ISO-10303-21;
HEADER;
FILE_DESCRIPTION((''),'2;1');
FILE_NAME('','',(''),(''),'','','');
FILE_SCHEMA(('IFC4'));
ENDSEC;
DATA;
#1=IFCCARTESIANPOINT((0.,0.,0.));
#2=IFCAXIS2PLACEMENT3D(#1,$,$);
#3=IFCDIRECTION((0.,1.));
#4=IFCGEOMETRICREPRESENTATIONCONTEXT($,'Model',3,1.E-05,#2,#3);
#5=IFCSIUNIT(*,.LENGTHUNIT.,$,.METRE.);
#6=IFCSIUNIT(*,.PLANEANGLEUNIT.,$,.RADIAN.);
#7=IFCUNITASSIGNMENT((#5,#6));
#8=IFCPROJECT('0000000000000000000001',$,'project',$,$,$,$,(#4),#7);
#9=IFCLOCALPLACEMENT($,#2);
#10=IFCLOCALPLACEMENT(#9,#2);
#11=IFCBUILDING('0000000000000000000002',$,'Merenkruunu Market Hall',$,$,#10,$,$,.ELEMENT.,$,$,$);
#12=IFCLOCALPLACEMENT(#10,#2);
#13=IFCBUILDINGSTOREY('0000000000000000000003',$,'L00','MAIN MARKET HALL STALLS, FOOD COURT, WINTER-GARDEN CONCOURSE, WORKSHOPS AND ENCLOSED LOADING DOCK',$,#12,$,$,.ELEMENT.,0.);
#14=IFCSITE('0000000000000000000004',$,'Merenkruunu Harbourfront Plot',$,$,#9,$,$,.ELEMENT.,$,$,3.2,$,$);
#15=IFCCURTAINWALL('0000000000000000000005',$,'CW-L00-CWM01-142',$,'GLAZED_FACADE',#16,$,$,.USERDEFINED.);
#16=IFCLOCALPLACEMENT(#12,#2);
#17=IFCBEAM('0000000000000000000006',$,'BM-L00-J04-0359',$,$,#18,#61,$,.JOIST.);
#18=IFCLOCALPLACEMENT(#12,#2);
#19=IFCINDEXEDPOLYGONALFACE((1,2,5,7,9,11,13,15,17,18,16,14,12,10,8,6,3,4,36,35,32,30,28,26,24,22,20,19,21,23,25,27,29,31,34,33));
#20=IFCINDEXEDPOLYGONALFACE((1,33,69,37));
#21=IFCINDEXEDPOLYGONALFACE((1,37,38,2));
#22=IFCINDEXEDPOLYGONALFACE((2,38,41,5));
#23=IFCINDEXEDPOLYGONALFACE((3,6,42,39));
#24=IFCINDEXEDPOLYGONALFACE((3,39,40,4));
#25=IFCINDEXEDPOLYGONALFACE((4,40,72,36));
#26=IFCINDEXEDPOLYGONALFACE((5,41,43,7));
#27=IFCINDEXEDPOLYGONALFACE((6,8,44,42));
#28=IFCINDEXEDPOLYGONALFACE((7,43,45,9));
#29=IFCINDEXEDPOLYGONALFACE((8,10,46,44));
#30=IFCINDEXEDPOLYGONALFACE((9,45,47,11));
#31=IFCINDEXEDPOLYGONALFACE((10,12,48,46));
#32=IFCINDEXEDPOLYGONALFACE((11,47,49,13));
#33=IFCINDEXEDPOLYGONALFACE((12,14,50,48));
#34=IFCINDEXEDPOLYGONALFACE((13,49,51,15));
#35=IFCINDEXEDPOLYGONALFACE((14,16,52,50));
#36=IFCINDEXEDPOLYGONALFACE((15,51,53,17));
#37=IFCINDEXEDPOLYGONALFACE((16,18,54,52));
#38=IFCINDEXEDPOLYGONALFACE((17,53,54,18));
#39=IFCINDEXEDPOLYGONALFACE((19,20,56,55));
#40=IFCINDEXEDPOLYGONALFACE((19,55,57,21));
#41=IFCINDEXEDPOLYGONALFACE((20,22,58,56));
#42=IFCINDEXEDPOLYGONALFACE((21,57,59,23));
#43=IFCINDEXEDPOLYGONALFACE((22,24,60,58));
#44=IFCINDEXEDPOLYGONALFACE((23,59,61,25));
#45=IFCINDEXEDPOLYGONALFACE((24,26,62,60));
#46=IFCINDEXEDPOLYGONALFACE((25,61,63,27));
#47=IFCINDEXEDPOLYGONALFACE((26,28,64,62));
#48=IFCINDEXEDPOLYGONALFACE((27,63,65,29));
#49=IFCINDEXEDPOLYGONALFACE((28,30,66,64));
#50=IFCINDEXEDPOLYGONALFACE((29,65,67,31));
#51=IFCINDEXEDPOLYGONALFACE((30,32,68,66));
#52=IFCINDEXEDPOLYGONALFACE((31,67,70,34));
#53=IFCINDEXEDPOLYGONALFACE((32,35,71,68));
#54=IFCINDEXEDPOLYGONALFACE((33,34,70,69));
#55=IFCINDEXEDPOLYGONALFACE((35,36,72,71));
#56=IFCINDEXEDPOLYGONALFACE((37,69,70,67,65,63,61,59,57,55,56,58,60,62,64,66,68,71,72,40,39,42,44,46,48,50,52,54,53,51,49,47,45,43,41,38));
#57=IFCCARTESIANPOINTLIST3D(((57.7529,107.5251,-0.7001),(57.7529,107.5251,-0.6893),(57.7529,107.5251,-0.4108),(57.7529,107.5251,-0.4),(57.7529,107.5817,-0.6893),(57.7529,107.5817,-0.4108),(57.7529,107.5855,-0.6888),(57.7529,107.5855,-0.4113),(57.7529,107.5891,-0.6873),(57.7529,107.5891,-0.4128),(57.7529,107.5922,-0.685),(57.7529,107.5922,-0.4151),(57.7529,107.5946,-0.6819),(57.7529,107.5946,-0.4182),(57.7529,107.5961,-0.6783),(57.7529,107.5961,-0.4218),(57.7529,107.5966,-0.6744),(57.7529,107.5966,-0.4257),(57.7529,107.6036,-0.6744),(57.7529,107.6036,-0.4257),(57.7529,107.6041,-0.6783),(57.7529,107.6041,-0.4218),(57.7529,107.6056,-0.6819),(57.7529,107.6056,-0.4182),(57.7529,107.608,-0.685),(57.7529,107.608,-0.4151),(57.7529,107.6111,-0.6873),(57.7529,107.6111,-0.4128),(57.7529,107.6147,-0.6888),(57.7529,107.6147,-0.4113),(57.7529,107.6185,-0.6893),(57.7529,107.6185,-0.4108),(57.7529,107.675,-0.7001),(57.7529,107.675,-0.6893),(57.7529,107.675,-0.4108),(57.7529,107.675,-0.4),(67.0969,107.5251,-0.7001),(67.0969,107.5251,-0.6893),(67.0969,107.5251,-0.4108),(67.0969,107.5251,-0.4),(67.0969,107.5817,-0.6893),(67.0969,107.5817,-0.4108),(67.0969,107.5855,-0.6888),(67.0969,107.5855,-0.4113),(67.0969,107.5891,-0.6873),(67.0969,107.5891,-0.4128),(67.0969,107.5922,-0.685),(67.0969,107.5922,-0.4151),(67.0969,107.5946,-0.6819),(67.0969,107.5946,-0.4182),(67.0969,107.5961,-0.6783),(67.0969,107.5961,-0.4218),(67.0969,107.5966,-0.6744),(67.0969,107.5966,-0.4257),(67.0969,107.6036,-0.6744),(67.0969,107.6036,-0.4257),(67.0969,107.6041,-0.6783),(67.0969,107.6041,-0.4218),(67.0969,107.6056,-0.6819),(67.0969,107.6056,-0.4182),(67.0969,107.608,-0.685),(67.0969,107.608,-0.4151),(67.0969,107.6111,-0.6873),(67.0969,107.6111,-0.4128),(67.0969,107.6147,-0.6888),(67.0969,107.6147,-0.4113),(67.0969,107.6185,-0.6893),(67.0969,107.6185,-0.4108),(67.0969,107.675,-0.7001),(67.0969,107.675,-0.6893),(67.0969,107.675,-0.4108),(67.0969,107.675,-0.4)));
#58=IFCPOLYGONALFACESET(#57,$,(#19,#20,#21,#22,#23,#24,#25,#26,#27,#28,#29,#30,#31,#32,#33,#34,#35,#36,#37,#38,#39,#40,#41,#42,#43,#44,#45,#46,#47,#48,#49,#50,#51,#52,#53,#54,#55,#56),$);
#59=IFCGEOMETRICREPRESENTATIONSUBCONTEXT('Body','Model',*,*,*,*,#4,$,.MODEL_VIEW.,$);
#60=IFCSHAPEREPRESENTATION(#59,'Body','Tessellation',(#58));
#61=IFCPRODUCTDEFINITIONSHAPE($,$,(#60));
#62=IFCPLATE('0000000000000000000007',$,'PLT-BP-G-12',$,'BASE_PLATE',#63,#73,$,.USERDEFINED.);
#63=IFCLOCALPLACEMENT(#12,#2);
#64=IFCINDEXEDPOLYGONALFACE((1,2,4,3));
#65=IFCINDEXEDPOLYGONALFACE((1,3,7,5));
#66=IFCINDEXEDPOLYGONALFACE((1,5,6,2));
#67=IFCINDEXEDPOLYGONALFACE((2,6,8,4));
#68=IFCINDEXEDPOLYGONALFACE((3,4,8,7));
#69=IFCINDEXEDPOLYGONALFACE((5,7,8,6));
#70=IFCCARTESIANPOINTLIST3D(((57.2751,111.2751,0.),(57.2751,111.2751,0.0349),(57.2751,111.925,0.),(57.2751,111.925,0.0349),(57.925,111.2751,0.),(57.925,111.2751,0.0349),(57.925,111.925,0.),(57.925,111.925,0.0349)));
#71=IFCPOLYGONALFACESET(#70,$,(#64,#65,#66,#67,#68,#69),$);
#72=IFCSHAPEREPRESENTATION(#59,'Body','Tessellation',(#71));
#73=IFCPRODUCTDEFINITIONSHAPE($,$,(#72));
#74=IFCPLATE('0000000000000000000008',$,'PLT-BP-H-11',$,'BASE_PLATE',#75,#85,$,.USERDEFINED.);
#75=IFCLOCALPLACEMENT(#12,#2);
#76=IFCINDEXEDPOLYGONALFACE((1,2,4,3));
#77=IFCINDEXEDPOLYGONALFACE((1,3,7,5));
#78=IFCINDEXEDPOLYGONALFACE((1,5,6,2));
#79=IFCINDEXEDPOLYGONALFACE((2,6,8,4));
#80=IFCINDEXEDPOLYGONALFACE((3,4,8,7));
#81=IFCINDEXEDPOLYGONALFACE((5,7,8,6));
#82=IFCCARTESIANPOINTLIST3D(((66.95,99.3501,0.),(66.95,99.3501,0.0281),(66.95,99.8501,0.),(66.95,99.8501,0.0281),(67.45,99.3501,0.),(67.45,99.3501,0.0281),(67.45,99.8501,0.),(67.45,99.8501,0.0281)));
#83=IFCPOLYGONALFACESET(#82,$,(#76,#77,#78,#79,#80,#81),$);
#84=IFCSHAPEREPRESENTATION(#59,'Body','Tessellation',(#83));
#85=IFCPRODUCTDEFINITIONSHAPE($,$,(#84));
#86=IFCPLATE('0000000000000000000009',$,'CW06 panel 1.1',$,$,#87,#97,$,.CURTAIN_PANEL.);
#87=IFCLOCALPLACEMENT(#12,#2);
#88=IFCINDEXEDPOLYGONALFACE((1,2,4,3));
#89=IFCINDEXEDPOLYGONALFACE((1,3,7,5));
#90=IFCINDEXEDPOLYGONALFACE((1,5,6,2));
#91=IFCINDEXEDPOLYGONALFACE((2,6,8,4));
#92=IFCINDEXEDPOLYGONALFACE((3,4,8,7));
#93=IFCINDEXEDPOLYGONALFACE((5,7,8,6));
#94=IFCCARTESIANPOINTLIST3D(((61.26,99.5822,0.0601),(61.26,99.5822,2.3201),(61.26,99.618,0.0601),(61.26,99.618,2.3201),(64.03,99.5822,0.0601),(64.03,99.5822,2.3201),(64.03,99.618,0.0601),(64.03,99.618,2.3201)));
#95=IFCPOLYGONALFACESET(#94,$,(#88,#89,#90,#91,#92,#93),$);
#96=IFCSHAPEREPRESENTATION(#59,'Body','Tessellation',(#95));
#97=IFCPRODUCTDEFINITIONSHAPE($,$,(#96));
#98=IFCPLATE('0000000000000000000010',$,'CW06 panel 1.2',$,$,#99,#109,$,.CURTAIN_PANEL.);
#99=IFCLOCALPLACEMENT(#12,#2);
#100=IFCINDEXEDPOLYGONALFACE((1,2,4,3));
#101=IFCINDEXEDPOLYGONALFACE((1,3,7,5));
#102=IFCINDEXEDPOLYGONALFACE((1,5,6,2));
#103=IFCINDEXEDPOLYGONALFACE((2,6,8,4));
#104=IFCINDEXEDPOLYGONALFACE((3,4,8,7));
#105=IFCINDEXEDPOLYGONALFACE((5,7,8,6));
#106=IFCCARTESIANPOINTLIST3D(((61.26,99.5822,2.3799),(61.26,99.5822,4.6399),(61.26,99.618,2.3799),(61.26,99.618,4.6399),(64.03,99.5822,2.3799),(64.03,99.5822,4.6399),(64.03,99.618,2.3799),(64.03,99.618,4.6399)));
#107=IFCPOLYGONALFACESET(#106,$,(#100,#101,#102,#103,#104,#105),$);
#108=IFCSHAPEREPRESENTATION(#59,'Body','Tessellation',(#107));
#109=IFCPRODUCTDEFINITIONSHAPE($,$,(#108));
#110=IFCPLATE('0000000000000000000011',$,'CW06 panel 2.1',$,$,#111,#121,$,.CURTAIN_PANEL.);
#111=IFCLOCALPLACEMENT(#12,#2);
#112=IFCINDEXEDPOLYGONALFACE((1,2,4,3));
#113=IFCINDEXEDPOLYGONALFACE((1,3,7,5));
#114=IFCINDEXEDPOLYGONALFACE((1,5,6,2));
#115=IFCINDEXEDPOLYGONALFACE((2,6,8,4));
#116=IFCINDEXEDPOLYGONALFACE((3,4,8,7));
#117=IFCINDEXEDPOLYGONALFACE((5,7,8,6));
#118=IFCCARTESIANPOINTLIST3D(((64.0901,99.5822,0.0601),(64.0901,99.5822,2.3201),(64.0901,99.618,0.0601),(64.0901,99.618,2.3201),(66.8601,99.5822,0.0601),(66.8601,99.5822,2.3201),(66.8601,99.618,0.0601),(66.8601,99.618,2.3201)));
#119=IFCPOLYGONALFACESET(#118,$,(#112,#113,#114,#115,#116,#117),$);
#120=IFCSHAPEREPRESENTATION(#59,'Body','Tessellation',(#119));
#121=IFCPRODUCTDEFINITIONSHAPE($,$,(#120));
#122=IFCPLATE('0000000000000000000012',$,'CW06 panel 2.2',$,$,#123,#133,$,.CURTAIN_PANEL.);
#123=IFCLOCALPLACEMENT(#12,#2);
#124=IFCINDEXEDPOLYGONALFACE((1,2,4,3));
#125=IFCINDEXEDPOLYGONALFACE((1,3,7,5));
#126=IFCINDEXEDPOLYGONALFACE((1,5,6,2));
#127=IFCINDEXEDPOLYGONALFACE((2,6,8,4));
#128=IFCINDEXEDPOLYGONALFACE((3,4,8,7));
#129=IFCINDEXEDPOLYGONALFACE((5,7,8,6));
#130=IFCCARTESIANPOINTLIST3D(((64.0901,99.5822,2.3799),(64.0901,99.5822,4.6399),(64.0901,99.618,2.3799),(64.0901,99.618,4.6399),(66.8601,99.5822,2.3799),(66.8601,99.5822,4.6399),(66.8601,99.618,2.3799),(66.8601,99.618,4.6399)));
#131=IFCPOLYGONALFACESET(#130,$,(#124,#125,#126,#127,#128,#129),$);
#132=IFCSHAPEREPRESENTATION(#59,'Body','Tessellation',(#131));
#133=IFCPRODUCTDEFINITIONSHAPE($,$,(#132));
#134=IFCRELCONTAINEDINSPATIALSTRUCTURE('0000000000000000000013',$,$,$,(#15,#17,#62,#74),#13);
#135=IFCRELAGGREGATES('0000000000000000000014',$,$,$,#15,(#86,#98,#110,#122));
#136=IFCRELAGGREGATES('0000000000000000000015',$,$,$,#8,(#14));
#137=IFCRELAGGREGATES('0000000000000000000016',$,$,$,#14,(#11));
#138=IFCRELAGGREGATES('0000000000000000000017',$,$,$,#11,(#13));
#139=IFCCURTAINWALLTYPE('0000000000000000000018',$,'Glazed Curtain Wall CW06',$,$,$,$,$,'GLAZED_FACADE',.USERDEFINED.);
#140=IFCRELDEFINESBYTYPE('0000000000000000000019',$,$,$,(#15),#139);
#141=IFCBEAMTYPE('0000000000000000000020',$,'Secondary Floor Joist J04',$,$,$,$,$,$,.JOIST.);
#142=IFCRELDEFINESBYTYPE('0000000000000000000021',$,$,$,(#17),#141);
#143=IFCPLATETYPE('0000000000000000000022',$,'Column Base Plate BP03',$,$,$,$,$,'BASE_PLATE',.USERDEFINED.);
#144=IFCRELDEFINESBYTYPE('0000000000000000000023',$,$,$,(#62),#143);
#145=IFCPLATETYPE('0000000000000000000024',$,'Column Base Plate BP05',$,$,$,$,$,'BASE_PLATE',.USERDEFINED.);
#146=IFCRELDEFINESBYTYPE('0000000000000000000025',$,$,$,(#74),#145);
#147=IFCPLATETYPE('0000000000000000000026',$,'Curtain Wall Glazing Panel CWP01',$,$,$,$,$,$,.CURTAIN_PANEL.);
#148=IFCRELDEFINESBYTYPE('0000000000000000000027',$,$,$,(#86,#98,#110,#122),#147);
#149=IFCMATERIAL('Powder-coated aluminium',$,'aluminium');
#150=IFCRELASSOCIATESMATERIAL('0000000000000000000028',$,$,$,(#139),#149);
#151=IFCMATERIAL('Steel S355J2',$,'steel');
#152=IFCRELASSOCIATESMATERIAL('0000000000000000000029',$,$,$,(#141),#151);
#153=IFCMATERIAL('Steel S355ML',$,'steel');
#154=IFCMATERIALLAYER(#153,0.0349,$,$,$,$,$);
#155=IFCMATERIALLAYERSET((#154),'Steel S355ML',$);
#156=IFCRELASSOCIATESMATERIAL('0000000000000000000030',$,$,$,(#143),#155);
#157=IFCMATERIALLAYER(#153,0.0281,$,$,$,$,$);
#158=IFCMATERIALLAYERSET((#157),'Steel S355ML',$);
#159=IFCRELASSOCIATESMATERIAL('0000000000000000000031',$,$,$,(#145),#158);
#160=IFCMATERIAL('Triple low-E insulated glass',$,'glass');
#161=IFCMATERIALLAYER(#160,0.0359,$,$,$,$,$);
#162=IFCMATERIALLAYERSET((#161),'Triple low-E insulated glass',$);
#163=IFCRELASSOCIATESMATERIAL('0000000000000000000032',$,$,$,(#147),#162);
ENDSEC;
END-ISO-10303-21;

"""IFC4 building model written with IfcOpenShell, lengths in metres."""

from ifc_helpers import new_model, si_unit, direction, frame, origin, origin_2d, place, context, subcontext, project, spatial, rectangle, i_section, extrude, material, layer, layer_set, material_profile, profile_set, type_object, element, aggregate, save


model = new_model("IFC4")

# Units and contexts
model_context = context("Model", 3, precision=1e-05, world=origin(), true_north=direction((0.0, 1.0)))
body_context = subcontext(model_context, "Body", "Model", "MODEL_VIEW")
ifc_project = project(units=[si_unit("LENGTHUNIT", "METRE"), si_unit("PLANEANGLEUNIT", "RADIAN")], contexts=[model_context])

# Site, building, storey
site_placement = place(None, origin())
site = spatial("IfcSite", under=ifc_project, at=site_placement, Name="Merenkruunu Harbourfront Plot", CompositionType="ELEMENT", RefElevation=3.2)
building_placement = place(site_placement, origin())
building = spatial("IfcBuilding", under=site, at=building_placement, Name="Merenkruunu Market Hall", CompositionType="ELEMENT")
storey_placement = place(building_placement, origin())
storey = spatial("IfcBuildingStorey", under=building, at=storey_placement, Name="L00", Description="MAIN MARKET HALL STALLS, FOOD COURT, WINTER-GARDEN CONCOURSE, WORKSHOPS AND ENCLOSED LOADING DOCK", CompositionType="ELEMENT", Elevation=0.0)

# Shared definitions
ifc_material_1 = material(Name="Steel S355ML", Category="steel")

# Curtain wall
ifc_material_2 = material(Name="Powder-coated aluminium", Category="aluminium")
curtain_wall_type = type_object("IfcCurtainWallType", Name="Glazed Curtain Wall CW06", ElementType="GLAZED_FACADE", PredefinedType="USERDEFINED", material=ifc_material_2)
curtain_wall_placement = place(storey_placement, origin())
curtain_wall = element("IfcCurtainWall", 1, at=curtain_wall_placement, inside=storey, type_object=curtain_wall_type, Name="CW-L00-CWM01-142", ObjectType="GLAZED_FACADE", PredefinedType="USERDEFINED")

# Beam
ifc_material_3 = material(Name="Steel S355J2", Category="steel")
ifc_material_profile_1 = material_profile(ifc_material_3, i_section(OverallWidth=0.1499, OverallDepth=0.3, WebThickness=0.0071, FlangeThickness=0.0107, FilletRadius=0.0149, at=origin_2d()), Name="IPE 300")
ifc_profile_set_1 = profile_set([ifc_material_profile_1], Name="Steel S355J2")
beam_type_1 = type_object("IfcBeamType", Name="Secondary Floor Joist J04", PredefinedType="JOIST", material=ifc_profile_set_1)
for number, where, z_axis, x_axis, name in (
    (2, (57.7529, 107.6001, -0.55), (1.0, 0.0, 0.0), (0.0, 1.0, 0.0), "BM-L00-J04-0359"),
):
    element("IfcBeam", number, at=place(storey_placement, frame(where, z_axis=z_axis, x_axis=x_axis)), inside=storey, type_object=beam_type_1, Name=name, PredefinedType="JOIST", context=body_context, shape_type="SweptSolid", body=[
        extrude(i_section(OverallWidth=0.1499, OverallDepth=0.3, WebThickness=0.0071, FlangeThickness=0.0107, FilletRadius=0.0149, at=origin_2d()), origin(), (0.0, 0.0, 1.0), 9.344),
    ])

# Plates
ifc_layer_1 = layer(ifc_material_1, 0.0349)
ifc_layer_set_1 = layer_set([ifc_layer_1], Name="Steel S355ML")
plate_type_1 = type_object("IfcPlateType", Name="Column Base Plate BP03", ElementType="BASE_PLATE", PredefinedType="USERDEFINED", material=ifc_layer_set_1)
plate_1_placement = place(storey_placement, frame((57.6001, 111.6001, 0.0), z_axis=(0.0, 0.0, 1.0), x_axis=(1.0, 0.0, 0.0)))
element("IfcPlate", 3, at=plate_1_placement, inside=storey, type_object=plate_type_1, Name="PLT-BP-G-12", ObjectType="BASE_PLATE", PredefinedType="USERDEFINED", context=body_context, shape_type="SweptSolid", body=[
    extrude(rectangle(XDim=0.6499, YDim=0.6499, at=origin_2d()), origin(), (0.0, 0.0, 1.0), 0.0349),
])
ifc_layer_2 = layer(ifc_material_1, 0.0281)
ifc_layer_set_2 = layer_set([ifc_layer_2], Name="Steel S355ML")
plate_type_2 = type_object("IfcPlateType", Name="Column Base Plate BP05", ElementType="BASE_PLATE", PredefinedType="USERDEFINED", material=ifc_layer_set_2)
plate_2_placement = place(storey_placement, frame((67.2, 99.6001, 0.0), z_axis=(0.0, 0.0, 1.0), x_axis=(1.0, 0.0, 0.0)))
element("IfcPlate", 4, at=plate_2_placement, inside=storey, type_object=plate_type_2, Name="PLT-BP-H-11", ObjectType="BASE_PLATE", PredefinedType="USERDEFINED", context=body_context, shape_type="SweptSolid", body=[
    extrude(rectangle(XDim=0.5, YDim=0.5, at=origin_2d()), origin(), (0.0, 0.0, 1.0), 0.0281),
])

# Plates
ifc_material_4 = material(Name="Triple low-E insulated glass", Category="glass")
ifc_layer_3 = layer(ifc_material_4, 0.0359)
ifc_layer_set_3 = layer_set([ifc_layer_3], Name="Triple low-E insulated glass")
plate_type_3 = type_object("IfcPlateType", Name="Curtain Wall Glazing Panel CWP01", PredefinedType="CURTAIN_PANEL", material=ifc_layer_set_3)
plate_3_placement = place(storey_placement, frame((62.645, 99.6001, 0.0601), z_axis=(0.0, 0.0, 1.0), x_axis=(1.0, 0.0, 0.0)))
plate_3 = element("IfcPlate", 5, at=plate_3_placement, type_object=plate_type_3, Name="CW06 panel 1.1", PredefinedType="CURTAIN_PANEL", context=body_context, shape_type="SweptSolid", body=[
    extrude(rectangle(XDim=2.77, YDim=0.0359, at=origin_2d()), origin(), (0.0, 0.0, 1.0), 2.26),
])
plate_4_placement = place(storey_placement, frame((62.645, 99.6001, 2.3799), z_axis=(0.0, 0.0, 1.0), x_axis=(1.0, 0.0, 0.0)))
plate_4 = element("IfcPlate", 6, at=plate_4_placement, type_object=plate_type_3, Name="CW06 panel 1.2", PredefinedType="CURTAIN_PANEL", context=body_context, shape_type="SweptSolid", body=[
    extrude(rectangle(XDim=2.77, YDim=0.0359, at=origin_2d()), origin(), (0.0, 0.0, 1.0), 2.26),
])
plate_5_placement = place(storey_placement, frame((65.4751, 99.6001, 0.0601), z_axis=(0.0, 0.0, 1.0), x_axis=(1.0, 0.0, 0.0)))
plate_5 = element("IfcPlate", 7, at=plate_5_placement, type_object=plate_type_3, Name="CW06 panel 2.1", PredefinedType="CURTAIN_PANEL", context=body_context, shape_type="SweptSolid", body=[
    extrude(rectangle(XDim=2.77, YDim=0.0359, at=origin_2d()), origin(), (0.0, 0.0, 1.0), 2.26),
])
plate_6_placement = place(storey_placement, frame((65.4751, 99.6001, 2.3799), z_axis=(0.0, 0.0, 1.0), x_axis=(1.0, 0.0, 0.0)))
plate_6 = element("IfcPlate", 8, at=plate_6_placement, type_object=plate_type_3, Name="CW06 panel 2.2", PredefinedType="CURTAIN_PANEL", context=body_context, shape_type="SweptSolid", body=[
    extrude(rectangle(XDim=2.77, YDim=0.0359, at=origin_2d()), origin(), (0.0, 0.0, 1.0), 2.26),
])
aggregate(curtain_wall, [plate_3, plate_4, plate_5, plate_6])

save(model, "model.ifc")
